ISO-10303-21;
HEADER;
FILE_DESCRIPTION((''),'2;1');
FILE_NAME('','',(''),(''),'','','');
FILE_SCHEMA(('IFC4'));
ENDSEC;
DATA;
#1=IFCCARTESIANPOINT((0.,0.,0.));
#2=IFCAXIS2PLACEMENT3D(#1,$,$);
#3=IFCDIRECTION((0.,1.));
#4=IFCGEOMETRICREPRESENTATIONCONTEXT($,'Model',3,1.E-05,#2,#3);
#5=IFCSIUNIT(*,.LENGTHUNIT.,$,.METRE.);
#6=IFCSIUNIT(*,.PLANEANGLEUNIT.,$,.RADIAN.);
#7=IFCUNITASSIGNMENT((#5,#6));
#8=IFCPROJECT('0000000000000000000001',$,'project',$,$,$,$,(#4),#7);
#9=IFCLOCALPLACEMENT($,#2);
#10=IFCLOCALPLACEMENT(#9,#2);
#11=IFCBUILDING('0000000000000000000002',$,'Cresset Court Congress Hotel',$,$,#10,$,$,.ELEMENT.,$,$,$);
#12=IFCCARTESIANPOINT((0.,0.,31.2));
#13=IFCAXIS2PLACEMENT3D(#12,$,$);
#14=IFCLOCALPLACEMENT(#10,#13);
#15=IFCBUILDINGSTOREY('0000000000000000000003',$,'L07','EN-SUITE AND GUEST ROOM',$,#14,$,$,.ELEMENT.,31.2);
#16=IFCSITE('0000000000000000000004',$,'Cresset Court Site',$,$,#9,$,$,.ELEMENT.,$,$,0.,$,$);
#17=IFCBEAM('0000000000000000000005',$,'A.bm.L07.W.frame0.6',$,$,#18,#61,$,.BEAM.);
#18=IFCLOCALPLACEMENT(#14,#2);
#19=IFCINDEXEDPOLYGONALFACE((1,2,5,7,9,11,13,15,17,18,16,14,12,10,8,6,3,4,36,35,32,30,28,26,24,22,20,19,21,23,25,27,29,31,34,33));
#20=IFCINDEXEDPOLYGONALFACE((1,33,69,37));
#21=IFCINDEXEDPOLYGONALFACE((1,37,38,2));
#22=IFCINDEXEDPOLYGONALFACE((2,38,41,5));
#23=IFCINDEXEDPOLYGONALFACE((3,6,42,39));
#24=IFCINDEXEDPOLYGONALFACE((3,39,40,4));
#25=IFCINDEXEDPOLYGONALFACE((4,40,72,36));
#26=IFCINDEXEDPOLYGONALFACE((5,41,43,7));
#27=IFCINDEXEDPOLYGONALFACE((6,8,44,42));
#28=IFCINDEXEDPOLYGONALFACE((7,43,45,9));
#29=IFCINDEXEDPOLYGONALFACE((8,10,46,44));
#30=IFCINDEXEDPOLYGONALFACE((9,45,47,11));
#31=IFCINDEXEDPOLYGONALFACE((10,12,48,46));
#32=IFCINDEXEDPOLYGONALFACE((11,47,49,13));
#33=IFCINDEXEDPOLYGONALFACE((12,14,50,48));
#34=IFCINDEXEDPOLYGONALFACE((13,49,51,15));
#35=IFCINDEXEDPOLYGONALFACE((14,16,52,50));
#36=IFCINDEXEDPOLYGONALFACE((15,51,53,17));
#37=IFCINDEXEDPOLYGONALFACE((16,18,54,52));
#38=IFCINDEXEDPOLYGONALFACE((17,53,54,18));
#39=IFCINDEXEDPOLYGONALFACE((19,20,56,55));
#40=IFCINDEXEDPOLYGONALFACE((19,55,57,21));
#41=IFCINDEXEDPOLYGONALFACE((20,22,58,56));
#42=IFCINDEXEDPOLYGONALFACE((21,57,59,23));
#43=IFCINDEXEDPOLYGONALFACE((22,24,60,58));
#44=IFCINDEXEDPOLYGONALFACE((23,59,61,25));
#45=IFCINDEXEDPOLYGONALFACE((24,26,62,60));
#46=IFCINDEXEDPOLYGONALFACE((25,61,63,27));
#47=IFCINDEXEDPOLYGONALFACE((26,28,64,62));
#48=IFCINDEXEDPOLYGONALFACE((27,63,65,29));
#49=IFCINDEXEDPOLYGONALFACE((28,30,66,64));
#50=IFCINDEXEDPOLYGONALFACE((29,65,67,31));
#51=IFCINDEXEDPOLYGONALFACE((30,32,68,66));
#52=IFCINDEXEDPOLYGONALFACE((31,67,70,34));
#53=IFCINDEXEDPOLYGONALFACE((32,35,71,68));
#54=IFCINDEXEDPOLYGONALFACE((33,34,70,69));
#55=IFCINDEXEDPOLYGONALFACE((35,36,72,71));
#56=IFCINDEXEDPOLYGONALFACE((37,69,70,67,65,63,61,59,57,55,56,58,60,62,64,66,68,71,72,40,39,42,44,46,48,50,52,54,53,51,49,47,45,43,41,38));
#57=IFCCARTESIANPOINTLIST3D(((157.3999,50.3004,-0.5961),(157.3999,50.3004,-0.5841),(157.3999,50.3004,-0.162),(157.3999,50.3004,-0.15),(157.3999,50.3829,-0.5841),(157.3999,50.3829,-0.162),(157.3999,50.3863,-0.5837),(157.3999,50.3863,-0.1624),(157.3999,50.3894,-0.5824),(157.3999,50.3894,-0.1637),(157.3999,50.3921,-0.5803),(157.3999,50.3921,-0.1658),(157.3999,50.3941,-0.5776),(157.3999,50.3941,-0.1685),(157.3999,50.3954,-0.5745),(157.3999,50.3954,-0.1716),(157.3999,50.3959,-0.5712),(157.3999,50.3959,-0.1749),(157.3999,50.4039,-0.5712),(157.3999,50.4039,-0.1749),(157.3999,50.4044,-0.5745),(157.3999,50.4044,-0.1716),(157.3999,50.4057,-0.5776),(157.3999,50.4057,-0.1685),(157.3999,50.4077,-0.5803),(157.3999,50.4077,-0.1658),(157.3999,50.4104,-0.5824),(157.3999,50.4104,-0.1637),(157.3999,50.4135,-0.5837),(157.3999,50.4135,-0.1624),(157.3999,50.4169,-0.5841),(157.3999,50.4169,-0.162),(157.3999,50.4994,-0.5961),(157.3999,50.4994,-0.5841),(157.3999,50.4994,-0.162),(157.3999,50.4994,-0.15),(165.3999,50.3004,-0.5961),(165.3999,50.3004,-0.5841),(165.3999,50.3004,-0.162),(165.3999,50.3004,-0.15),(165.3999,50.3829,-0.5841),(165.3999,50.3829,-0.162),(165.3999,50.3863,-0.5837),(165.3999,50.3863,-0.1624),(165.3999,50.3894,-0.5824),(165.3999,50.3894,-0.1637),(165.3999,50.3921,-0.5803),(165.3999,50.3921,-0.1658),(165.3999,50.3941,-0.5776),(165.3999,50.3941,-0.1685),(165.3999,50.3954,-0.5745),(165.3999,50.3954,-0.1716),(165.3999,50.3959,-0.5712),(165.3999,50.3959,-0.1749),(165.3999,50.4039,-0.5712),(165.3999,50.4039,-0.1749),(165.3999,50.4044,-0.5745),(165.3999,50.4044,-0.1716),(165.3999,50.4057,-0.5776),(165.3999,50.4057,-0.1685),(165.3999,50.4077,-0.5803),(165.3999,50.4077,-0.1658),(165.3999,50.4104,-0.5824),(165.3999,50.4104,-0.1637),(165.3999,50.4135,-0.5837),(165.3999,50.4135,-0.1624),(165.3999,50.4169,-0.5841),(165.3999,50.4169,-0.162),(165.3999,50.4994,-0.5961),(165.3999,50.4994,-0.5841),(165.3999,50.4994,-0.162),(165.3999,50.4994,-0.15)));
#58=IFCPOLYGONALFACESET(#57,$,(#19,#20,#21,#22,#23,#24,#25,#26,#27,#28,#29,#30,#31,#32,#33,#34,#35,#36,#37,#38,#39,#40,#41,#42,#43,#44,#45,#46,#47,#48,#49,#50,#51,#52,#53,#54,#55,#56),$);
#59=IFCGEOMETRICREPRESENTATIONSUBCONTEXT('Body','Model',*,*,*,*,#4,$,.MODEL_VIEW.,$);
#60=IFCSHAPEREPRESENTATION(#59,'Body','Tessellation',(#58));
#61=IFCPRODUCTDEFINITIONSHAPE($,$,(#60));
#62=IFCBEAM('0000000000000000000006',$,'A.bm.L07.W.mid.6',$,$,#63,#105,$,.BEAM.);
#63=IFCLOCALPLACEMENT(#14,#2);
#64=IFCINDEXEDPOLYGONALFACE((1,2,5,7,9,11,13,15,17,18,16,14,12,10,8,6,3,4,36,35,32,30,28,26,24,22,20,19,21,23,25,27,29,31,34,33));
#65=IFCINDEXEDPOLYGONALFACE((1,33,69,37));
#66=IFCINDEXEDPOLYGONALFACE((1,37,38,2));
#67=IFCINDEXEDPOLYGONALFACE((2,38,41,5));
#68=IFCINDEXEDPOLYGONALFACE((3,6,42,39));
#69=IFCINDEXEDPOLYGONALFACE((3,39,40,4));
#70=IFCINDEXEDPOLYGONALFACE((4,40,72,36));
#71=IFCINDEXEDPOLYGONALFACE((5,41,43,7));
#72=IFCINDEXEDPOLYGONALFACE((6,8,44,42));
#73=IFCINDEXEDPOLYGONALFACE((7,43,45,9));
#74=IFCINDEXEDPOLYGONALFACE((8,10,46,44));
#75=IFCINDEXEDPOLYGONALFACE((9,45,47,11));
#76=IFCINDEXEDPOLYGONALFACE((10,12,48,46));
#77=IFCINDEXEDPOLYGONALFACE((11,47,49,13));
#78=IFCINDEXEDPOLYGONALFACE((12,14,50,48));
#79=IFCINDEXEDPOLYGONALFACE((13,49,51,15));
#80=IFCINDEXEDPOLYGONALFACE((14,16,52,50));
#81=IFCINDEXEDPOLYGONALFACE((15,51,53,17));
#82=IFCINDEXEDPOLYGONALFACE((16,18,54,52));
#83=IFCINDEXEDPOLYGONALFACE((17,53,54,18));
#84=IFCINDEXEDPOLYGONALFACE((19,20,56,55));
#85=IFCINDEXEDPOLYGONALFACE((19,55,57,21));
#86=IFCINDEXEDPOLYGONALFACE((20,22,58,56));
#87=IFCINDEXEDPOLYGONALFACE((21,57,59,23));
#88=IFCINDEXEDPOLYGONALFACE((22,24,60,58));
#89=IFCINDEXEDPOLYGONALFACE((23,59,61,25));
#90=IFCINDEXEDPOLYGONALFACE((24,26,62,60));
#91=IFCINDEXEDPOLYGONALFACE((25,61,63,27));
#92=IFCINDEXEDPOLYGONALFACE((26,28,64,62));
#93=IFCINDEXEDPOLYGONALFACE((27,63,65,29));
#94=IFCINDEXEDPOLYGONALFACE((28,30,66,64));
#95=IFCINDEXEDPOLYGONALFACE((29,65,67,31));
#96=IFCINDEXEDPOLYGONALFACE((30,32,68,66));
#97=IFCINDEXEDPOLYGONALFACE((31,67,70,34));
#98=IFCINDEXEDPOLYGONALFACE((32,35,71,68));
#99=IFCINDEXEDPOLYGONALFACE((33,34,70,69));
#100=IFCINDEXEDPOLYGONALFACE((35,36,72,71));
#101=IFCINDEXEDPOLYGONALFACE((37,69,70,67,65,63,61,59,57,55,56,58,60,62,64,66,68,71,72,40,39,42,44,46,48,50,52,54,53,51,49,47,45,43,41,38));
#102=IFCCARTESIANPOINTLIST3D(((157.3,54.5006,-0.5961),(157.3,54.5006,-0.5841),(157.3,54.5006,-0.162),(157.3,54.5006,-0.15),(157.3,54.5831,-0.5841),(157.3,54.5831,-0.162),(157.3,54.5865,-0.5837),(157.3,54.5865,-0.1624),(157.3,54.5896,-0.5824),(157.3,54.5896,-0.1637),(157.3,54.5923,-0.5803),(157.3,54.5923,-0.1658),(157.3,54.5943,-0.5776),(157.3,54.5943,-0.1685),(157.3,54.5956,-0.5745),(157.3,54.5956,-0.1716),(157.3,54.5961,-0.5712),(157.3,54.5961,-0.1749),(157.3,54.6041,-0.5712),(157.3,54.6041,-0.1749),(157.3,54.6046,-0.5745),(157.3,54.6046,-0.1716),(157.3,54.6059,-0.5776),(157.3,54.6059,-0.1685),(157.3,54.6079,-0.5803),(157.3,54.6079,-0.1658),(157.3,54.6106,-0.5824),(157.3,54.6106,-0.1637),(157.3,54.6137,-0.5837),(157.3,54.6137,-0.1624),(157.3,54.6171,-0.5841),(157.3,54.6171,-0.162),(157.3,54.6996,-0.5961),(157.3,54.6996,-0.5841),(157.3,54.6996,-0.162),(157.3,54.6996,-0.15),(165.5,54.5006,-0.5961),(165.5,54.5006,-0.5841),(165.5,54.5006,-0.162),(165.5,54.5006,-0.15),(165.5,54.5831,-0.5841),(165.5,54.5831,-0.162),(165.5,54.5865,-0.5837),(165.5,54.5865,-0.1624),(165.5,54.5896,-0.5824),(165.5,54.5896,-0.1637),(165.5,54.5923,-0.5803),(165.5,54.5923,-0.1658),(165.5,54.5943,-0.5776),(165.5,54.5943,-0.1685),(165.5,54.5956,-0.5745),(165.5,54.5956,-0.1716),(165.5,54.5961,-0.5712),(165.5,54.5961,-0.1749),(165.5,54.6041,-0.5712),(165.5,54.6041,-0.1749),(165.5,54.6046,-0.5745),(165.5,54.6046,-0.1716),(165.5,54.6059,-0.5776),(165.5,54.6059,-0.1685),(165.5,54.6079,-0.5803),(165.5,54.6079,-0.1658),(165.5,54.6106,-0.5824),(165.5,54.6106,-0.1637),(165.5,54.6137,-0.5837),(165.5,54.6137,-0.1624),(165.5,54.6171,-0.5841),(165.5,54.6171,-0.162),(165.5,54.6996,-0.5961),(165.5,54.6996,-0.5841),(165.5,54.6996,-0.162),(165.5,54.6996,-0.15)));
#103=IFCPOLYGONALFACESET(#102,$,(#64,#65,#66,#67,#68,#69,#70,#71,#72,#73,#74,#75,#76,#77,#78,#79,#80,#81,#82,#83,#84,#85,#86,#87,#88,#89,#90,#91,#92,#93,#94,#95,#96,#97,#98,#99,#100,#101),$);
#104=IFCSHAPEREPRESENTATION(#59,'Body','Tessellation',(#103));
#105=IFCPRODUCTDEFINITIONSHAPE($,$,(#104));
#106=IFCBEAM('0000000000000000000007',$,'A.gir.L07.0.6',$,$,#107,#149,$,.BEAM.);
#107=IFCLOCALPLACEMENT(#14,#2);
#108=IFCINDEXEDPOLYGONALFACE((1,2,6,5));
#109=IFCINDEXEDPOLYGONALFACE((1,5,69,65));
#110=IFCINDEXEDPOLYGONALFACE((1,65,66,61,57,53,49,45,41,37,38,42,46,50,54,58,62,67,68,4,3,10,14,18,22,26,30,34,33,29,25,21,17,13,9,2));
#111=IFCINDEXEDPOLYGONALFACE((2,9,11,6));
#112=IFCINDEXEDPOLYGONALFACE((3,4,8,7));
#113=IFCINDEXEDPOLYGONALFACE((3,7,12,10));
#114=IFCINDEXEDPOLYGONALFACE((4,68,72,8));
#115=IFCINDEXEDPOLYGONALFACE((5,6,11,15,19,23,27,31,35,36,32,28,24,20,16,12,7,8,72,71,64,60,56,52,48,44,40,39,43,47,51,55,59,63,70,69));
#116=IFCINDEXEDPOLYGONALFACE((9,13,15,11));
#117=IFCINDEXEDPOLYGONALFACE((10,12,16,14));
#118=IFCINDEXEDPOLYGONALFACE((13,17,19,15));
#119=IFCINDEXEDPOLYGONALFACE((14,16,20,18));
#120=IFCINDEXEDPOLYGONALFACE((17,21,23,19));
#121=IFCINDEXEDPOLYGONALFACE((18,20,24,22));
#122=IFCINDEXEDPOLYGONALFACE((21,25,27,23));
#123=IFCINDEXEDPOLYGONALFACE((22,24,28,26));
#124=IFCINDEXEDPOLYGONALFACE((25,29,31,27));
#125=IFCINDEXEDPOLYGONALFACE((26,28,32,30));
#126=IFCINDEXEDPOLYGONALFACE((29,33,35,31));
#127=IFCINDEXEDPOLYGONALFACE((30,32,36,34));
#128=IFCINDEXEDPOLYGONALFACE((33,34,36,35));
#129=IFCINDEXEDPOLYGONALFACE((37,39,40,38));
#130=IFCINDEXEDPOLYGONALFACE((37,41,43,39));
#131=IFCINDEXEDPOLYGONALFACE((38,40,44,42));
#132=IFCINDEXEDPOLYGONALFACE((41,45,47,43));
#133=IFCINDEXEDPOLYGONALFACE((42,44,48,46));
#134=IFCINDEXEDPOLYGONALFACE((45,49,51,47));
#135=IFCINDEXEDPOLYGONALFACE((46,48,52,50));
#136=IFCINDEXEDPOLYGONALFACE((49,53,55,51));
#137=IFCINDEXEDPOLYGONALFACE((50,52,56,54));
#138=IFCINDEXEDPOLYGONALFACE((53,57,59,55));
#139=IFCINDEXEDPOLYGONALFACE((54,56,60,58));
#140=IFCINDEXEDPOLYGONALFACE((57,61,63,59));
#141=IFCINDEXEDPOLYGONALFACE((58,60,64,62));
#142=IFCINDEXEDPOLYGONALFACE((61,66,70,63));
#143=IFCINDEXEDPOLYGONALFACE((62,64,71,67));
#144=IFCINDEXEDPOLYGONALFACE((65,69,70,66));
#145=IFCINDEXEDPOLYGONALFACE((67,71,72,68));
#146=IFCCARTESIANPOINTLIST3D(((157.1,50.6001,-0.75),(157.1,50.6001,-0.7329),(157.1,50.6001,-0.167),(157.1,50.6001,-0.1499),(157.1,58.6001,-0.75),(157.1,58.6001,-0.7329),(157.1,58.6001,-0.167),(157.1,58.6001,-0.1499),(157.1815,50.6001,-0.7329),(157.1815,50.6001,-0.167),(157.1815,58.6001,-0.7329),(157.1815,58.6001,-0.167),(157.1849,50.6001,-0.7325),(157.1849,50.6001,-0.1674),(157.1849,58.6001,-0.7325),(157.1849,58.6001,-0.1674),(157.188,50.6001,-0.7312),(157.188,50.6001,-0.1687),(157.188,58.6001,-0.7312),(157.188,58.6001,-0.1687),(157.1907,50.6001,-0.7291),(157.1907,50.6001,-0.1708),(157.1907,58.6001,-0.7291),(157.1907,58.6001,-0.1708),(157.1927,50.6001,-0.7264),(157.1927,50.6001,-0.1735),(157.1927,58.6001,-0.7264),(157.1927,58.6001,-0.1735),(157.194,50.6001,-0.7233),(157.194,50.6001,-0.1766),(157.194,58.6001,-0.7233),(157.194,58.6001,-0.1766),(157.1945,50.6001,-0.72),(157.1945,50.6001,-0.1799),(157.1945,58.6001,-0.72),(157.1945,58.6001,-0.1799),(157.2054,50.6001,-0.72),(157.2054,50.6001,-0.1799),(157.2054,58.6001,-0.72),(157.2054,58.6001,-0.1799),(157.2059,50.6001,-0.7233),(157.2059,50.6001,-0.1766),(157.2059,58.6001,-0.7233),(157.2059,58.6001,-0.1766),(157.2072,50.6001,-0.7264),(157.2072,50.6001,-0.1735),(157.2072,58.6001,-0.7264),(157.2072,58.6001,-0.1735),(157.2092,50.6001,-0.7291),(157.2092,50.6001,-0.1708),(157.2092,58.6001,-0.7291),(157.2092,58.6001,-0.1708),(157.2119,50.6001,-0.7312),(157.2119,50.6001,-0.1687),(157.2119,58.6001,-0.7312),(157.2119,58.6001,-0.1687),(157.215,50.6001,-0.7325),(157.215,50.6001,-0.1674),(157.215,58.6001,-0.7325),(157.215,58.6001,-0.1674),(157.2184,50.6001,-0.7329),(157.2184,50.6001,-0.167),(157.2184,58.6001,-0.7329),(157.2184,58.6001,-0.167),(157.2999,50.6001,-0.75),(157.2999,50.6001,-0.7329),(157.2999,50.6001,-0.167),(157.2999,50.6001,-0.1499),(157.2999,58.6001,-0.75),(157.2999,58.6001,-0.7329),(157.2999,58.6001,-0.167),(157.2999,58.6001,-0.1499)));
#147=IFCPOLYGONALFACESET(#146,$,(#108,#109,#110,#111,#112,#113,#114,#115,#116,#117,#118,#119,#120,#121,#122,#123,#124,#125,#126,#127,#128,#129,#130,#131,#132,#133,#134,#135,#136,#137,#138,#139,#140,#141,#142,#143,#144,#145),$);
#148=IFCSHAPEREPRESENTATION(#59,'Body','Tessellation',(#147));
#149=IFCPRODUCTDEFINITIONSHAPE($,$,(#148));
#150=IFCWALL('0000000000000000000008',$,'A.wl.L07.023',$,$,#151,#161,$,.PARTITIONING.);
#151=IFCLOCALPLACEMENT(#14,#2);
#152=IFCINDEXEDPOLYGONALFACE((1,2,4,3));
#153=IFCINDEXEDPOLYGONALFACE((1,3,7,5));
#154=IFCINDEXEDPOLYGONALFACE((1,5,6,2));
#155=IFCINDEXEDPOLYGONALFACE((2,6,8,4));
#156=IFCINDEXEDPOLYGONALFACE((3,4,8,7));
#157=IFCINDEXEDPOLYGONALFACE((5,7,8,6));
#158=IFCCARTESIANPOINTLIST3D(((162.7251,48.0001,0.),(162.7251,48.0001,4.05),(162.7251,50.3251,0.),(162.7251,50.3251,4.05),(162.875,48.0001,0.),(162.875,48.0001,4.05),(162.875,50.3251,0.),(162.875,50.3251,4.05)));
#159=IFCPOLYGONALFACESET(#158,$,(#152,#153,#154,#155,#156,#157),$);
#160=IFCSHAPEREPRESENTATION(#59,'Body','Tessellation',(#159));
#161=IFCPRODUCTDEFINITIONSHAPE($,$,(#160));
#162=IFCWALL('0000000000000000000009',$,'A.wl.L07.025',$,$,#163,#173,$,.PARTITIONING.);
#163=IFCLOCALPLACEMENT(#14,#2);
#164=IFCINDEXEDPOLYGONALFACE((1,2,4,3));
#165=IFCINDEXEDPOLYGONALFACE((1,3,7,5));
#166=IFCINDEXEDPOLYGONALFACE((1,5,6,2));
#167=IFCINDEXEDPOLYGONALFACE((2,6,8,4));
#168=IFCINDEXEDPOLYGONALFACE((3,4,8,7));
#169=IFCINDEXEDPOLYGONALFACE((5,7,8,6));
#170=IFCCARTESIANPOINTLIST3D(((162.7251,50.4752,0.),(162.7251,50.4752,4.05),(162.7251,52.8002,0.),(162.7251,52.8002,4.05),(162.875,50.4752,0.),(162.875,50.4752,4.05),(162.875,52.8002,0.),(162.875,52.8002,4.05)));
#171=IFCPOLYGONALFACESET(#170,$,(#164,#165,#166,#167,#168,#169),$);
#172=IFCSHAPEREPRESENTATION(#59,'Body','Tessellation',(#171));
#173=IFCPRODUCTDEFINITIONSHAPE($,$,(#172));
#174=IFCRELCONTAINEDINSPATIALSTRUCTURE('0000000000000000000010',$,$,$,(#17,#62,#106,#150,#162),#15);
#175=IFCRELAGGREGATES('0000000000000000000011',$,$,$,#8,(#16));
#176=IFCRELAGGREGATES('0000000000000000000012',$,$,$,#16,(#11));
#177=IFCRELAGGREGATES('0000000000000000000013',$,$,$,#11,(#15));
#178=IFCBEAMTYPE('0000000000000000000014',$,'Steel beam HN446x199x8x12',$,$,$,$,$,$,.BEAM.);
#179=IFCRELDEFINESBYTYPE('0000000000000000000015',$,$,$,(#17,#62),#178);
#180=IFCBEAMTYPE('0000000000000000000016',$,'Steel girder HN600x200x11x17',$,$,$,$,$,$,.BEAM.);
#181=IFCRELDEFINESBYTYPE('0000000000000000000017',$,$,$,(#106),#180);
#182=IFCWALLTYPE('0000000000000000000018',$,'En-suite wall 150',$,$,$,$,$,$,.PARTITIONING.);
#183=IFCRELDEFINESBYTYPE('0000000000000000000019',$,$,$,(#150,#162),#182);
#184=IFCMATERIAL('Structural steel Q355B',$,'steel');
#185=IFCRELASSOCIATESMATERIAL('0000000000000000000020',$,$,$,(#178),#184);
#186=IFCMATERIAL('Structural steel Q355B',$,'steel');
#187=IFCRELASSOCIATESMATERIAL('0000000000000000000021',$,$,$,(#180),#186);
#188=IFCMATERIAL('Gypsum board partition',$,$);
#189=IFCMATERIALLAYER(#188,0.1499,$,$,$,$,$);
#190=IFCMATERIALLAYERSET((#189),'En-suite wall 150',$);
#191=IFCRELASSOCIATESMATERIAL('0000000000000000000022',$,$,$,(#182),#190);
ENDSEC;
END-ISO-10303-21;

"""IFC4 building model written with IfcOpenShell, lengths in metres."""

from ifc_helpers import new_model, si_unit, direction, frame, frame_2d, origin, origin_2d, place, context, subcontext, project, spatial, rectangle, i_section, extrude, material, layer, layer_set, material_profile, profile_set, type_object, element, save


model = new_model("IFC4")

# Units and contexts
model_context = context("Model", 3, precision=1e-05, world=origin(), true_north=direction((0.0, 1.0)))
body_context = subcontext(model_context, "Body", "Model", "MODEL_VIEW")
ifc_project = project(units=[si_unit("LENGTHUNIT", "METRE"), si_unit("PLANEANGLEUNIT", "RADIAN")], contexts=[model_context])

# Site, building, storey
site_placement = place(None, origin())
site = spatial("IfcSite", under=ifc_project, at=site_placement, Name="Cresset Court Site", CompositionType="ELEMENT", RefElevation=0.0)
building_placement = place(site_placement, origin())
building = spatial("IfcBuilding", under=site, at=building_placement, Name="Cresset Court Congress Hotel", CompositionType="ELEMENT")
storey_placement = place(building_placement, frame((0.0, 0.0, 31.2)))
storey = spatial("IfcBuildingStorey", under=building, at=storey_placement, Name="L07", Description="EN-SUITE AND GUEST ROOM", CompositionType="ELEMENT", Elevation=31.2)

# Beams
ifc_material_1 = material(Name="Structural steel Q355B", Category="steel")
ifc_material_profile_1 = material_profile(ifc_material_1, i_section(OverallWidth=0.199, OverallDepth=0.446, WebThickness=0.0081, FlangeThickness=0.012, FilletRadius=0.0129, at=origin_2d()), Name="HN446x199x8x12")
ifc_profile_set_1 = profile_set([ifc_material_profile_1], Name="Structural steel Q355B")
beam_type_1 = type_object("IfcBeamType", Name="Steel beam HN446x199x8x12", PredefinedType="BEAM", material=ifc_profile_set_1)
beam_1_placement = place(storey_placement, frame((157.3999, 50.3999, -0.373), z_axis=(1.0, 0.0, 0.0), x_axis=(0.0, 1.0, 0.0)))
element("IfcBeam", 1, at=beam_1_placement, inside=storey, type_object=beam_type_1, Name="A.bm.L07.W.frame0.6", PredefinedType="BEAM", context=body_context, shape_type="SweptSolid", body=[
    extrude(i_section(OverallWidth=0.199, OverallDepth=0.446, WebThickness=0.0081, FlangeThickness=0.012, FilletRadius=0.0129, at=origin_2d()), origin(), (0.0, 0.0, 1.0), 8.0),
])
beam_2_placement = place(storey_placement, frame((157.3, 54.6001, -0.373), z_axis=(1.0, 0.0, 0.0), x_axis=(0.0, 1.0, 0.0)))
element("IfcBeam", 2, at=beam_2_placement, inside=storey, type_object=beam_type_1, Name="A.bm.L07.W.mid.6", PredefinedType="BEAM", context=body_context, shape_type="SweptSolid", body=[
    extrude(i_section(OverallWidth=0.199, OverallDepth=0.446, WebThickness=0.0081, FlangeThickness=0.012, FilletRadius=0.0129, at=origin_2d()), origin(), (0.0, 0.0, 1.0), 8.2),
])
ifc_material_2 = material(Name="Structural steel Q355B", Category="steel")
ifc_material_profile_2 = material_profile(ifc_material_2, i_section(OverallWidth=0.2, OverallDepth=0.6001, WebThickness=0.011, FlangeThickness=0.0171, FilletRadius=0.0129, at=origin_2d()), Name="HN600x200x11x17")
ifc_profile_set_2 = profile_set([ifc_material_profile_2], Name="Structural steel Q355B")
beam_type_2 = type_object("IfcBeamType", Name="Steel girder HN600x200x11x17", PredefinedType="BEAM", material=ifc_profile_set_2)
beam_3_placement = place(storey_placement, frame((157.2, 50.6001, -0.45), z_axis=(0.0, 1.0, 0.0), x_axis=(-1.0, 0.0, 0.0)))
element("IfcBeam", 3, at=beam_3_placement, inside=storey, type_object=beam_type_2, Name="A.gir.L07.0.6", PredefinedType="BEAM", context=body_context, shape_type="SweptSolid", body=[
    extrude(i_section(OverallWidth=0.2, OverallDepth=0.6001, WebThickness=0.011, FlangeThickness=0.0171, FilletRadius=0.0129, at=origin_2d()), origin(), (0.0, 0.0, 1.0), 8.0),
])

# Walls
ifc_material_3 = material(Name="Gypsum board partition")
ifc_layer_1 = layer(ifc_material_3, 0.1499)
ifc_layer_set_1 = layer_set([ifc_layer_1], Name="En-suite wall 150")
wall_type_1 = type_object("IfcWallType", Name="En-suite wall 150", PredefinedType="PARTITIONING", material=ifc_layer_set_1)
for number, where, z_axis, x_axis, name in (
    (4, (162.8, 48.0, 0.0), (0.0, 0.0, 1.0), (0.0, 1.0, 0.0), "A.wl.L07.023"),
    (5, (162.8, 50.4751, 0.0), (0.0, 0.0, 1.0), (0.0, 1.0, 0.0), "A.wl.L07.025"),
):
    element("IfcWall", number, at=place(storey_placement, frame(where, z_axis=z_axis, x_axis=x_axis)), inside=storey, type_object=wall_type_1, Name=name, PredefinedType="PARTITIONING", context=body_context, shape_type="SweptSolid", body=[
        extrude(rectangle(XDim=2.325, YDim=0.1499, at=frame_2d((1.1626, 0.0))), origin(), (0.0, 0.0, 1.0), 4.05),
    ])

save(model, "model.ifc")
